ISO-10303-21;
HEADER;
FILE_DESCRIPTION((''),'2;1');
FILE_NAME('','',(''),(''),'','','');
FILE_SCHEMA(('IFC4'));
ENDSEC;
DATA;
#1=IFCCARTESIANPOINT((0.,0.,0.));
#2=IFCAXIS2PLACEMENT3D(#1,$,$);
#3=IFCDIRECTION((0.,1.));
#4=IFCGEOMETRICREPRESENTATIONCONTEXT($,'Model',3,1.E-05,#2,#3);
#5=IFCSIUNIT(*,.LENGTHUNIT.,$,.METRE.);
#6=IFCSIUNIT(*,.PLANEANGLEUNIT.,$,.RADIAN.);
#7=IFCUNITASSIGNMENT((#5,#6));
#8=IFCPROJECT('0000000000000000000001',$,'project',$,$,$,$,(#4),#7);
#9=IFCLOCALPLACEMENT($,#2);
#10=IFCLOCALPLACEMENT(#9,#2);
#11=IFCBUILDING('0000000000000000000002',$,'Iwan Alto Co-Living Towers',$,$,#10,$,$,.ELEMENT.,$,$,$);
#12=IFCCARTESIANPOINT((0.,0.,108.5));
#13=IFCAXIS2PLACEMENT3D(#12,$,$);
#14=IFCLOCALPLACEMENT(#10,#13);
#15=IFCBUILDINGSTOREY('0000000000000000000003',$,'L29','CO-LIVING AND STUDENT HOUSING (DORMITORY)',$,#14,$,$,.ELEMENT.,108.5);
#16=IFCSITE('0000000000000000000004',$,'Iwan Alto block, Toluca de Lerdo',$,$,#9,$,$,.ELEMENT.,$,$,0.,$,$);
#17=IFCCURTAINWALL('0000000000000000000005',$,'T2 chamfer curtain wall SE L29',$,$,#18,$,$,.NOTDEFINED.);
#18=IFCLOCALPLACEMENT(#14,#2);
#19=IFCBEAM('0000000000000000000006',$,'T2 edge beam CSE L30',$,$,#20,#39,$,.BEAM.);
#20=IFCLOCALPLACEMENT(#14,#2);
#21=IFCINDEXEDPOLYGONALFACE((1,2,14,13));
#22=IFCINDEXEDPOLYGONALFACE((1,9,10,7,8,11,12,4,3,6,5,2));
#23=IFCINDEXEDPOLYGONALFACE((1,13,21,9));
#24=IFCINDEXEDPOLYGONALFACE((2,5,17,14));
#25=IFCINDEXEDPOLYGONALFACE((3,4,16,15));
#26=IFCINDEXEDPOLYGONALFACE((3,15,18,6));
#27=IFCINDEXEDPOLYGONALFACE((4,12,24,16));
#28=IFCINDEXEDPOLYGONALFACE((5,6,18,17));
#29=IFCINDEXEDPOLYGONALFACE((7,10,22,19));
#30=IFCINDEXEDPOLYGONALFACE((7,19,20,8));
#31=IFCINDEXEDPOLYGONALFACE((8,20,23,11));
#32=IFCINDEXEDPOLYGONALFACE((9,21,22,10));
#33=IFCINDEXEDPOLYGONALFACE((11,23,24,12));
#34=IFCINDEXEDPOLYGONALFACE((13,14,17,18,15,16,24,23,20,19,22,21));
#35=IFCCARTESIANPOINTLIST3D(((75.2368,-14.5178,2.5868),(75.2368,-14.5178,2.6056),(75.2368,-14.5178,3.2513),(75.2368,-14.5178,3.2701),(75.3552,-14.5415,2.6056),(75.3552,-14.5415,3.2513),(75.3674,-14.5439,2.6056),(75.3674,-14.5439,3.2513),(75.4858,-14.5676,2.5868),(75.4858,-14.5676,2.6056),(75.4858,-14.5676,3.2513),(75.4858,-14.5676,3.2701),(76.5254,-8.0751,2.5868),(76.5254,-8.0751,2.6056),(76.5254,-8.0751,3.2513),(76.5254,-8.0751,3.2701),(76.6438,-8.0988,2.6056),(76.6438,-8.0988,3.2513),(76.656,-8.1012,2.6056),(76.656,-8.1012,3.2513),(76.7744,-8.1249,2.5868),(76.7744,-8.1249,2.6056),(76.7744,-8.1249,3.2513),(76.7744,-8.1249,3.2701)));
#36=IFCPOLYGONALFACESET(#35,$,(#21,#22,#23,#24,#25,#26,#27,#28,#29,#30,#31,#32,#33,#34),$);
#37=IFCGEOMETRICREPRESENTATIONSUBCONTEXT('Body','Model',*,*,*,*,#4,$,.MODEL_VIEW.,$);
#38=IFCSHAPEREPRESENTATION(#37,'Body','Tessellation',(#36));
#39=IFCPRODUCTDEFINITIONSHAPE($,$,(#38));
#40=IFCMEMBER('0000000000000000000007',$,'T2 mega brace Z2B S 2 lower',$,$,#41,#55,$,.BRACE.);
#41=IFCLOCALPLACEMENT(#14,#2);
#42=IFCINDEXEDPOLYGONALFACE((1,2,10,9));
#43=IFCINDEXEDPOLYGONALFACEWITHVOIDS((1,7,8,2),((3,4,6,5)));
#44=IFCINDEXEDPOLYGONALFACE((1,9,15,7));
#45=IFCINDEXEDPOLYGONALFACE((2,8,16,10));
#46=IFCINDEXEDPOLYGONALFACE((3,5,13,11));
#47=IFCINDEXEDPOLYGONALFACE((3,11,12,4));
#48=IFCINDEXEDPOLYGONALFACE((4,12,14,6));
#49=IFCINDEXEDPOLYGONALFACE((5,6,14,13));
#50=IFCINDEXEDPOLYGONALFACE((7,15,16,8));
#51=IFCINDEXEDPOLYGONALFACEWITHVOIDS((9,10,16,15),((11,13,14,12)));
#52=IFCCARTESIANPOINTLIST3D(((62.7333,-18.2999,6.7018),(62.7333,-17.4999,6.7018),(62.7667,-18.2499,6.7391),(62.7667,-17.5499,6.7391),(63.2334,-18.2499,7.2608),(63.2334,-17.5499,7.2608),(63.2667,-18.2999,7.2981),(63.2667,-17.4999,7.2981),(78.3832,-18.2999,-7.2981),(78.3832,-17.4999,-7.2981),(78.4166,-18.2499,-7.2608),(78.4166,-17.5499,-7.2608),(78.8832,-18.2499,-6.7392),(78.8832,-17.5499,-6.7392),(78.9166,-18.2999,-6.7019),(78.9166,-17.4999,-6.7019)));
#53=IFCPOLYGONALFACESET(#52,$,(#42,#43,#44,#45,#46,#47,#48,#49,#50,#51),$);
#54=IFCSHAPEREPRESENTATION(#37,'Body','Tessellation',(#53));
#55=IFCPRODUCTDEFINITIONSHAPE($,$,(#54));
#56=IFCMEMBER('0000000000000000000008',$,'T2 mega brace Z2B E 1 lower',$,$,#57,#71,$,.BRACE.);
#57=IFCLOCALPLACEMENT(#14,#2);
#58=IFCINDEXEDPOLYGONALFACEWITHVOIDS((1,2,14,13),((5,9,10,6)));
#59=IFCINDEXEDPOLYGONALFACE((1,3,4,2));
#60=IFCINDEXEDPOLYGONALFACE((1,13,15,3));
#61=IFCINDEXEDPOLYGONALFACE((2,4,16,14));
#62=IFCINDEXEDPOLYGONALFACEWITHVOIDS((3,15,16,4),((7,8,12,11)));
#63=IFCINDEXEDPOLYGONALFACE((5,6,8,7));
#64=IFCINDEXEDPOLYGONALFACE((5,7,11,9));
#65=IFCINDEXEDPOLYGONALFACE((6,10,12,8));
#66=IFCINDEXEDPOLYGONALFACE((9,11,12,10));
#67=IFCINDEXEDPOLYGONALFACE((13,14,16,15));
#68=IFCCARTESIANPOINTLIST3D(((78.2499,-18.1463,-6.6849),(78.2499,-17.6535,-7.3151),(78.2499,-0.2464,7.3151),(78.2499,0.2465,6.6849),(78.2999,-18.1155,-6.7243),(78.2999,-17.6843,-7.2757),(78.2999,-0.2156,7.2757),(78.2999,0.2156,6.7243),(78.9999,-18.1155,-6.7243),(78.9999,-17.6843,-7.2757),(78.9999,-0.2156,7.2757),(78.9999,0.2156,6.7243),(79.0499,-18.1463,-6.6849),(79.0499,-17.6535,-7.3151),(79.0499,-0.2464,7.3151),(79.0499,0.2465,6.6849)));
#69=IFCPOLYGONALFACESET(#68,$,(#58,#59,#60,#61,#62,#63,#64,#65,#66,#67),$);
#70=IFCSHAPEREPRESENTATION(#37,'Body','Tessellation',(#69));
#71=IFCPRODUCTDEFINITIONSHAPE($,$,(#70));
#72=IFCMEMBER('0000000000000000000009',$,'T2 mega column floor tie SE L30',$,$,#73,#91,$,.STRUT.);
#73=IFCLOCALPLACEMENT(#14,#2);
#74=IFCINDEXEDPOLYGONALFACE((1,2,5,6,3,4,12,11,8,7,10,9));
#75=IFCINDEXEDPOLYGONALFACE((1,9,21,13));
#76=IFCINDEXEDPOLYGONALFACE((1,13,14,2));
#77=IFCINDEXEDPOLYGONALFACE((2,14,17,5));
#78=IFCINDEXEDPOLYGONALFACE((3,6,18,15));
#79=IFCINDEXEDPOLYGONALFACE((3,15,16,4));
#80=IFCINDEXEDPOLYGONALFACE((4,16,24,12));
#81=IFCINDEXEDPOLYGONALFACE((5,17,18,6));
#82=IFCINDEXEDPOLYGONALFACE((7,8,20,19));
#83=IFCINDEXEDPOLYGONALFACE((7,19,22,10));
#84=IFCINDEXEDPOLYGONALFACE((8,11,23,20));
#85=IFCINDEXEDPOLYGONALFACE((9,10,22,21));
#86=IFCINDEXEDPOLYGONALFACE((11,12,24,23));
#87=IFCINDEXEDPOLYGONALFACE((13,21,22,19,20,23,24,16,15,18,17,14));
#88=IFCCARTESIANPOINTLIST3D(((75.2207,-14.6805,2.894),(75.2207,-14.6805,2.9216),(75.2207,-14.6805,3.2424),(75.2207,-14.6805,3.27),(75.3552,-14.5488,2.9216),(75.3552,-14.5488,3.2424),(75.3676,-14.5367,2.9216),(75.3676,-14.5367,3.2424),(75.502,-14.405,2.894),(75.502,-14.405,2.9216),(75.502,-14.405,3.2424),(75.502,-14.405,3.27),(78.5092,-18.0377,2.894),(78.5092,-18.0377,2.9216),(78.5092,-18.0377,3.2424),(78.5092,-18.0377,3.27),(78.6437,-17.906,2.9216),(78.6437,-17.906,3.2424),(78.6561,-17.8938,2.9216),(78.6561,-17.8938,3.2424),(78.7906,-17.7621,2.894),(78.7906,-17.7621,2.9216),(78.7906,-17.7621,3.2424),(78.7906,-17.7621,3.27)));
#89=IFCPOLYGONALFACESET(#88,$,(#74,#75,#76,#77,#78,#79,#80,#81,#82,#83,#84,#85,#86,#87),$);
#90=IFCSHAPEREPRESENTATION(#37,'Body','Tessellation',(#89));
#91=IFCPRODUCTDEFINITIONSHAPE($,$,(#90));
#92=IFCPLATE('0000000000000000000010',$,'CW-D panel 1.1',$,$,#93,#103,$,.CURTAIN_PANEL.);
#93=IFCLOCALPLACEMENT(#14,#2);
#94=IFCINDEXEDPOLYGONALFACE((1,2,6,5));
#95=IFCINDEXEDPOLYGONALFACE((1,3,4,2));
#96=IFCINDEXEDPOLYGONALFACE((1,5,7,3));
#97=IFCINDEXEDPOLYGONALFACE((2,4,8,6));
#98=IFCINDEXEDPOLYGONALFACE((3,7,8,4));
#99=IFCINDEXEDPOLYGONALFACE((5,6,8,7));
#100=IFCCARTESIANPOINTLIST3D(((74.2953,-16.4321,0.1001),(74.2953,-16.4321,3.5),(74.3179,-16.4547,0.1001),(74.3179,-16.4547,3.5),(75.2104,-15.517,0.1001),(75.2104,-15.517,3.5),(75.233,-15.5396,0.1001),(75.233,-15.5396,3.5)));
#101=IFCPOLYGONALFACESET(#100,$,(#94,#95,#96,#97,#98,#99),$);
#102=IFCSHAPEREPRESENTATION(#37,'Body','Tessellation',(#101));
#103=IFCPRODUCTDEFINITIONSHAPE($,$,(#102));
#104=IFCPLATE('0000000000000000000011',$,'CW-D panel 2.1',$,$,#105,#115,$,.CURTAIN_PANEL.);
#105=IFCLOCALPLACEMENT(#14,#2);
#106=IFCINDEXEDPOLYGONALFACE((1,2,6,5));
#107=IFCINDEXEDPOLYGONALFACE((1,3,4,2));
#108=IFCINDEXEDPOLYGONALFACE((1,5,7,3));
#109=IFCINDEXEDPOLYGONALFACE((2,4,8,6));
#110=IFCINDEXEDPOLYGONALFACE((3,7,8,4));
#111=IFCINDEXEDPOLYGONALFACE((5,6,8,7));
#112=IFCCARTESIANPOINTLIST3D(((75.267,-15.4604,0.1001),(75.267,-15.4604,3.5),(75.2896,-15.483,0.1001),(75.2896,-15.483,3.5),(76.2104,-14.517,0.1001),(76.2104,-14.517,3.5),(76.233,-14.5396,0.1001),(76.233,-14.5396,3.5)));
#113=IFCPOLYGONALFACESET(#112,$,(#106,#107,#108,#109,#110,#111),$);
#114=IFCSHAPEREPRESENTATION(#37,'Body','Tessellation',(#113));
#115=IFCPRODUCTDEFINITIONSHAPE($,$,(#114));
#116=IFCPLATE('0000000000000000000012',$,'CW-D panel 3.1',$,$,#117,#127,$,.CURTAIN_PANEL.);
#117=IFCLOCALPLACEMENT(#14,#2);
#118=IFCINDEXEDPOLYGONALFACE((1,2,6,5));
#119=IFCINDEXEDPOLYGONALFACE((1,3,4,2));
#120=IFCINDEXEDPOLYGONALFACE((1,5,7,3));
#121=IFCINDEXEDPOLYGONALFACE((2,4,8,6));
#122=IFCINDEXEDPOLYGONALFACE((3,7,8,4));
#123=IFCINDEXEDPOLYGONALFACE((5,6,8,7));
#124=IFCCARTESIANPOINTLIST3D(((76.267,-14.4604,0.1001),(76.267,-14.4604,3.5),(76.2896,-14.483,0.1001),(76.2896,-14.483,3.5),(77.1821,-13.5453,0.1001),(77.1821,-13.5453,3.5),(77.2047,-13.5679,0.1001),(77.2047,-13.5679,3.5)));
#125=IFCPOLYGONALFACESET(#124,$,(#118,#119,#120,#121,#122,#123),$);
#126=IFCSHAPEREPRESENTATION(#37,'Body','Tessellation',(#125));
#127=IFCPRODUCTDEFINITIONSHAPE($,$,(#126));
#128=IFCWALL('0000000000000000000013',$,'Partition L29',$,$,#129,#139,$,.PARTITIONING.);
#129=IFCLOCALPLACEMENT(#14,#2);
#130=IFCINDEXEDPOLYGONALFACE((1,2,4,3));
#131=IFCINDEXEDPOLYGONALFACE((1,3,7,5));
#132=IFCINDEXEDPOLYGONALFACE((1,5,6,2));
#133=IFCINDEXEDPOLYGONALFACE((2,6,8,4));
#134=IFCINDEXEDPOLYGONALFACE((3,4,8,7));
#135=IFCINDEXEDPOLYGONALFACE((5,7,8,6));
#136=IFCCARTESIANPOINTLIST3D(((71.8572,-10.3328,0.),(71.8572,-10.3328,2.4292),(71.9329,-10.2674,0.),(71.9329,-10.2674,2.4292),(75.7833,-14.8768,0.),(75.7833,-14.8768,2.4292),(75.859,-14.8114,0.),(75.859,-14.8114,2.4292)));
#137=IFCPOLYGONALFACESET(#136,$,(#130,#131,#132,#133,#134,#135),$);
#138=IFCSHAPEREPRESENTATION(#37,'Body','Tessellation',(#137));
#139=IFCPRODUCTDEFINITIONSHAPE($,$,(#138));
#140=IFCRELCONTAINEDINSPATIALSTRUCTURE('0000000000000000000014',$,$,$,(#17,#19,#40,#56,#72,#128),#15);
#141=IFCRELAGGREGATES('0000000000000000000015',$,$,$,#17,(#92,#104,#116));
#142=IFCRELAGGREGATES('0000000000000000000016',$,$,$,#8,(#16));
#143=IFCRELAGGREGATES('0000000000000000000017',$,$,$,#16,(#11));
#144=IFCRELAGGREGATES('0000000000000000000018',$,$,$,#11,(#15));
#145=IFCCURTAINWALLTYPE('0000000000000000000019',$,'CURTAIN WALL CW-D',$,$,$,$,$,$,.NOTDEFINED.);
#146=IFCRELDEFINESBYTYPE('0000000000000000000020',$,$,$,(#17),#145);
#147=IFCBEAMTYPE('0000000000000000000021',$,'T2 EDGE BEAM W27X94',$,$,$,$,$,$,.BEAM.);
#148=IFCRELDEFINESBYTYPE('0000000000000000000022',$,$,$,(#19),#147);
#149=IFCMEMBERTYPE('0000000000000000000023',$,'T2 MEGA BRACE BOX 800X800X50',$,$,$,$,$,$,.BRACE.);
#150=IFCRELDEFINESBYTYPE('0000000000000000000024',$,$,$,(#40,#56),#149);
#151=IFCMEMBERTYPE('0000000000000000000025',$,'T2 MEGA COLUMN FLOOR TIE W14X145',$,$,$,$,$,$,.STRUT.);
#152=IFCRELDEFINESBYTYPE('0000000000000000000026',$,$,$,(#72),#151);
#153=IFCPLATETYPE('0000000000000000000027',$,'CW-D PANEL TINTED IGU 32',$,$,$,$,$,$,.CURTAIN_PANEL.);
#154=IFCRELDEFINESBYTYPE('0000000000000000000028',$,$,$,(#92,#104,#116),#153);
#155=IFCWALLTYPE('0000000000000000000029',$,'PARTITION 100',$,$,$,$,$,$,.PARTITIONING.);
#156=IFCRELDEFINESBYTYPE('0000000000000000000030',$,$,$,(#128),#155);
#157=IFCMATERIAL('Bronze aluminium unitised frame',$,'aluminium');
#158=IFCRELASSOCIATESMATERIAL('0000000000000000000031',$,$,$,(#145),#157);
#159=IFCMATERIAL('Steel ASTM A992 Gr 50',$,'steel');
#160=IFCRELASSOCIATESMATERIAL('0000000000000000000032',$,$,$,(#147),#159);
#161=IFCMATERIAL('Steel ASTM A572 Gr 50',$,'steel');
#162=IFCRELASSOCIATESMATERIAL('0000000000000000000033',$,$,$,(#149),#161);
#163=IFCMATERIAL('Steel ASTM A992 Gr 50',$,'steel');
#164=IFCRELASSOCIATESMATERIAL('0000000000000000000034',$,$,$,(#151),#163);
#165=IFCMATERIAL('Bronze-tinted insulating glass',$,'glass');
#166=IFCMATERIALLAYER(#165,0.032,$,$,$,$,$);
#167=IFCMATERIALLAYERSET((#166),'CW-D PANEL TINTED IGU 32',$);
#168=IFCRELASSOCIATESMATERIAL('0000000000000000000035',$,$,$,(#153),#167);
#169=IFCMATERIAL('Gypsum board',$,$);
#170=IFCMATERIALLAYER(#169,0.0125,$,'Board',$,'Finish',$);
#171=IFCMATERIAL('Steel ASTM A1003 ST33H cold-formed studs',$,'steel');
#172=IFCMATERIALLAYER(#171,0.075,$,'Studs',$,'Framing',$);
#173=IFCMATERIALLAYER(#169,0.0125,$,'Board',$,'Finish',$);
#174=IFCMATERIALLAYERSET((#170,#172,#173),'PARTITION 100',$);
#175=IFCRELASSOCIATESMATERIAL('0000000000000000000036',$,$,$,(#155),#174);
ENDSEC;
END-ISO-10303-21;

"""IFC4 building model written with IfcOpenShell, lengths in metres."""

from ifc_helpers import new_model, si_unit, direction, frame, frame_2d, origin, origin_2d, place, context, subcontext, project, spatial, rectangle, hollow_rectangle, i_section, extrude, material, layer, layer_set, material_profile, profile_set, type_object, element, aggregate, save


model = new_model("IFC4")

# Units and contexts
model_context = context("Model", 3, precision=1e-05, world=origin(), true_north=direction((0.0, 1.0)))
body_context = subcontext(model_context, "Body", "Model", "MODEL_VIEW")
ifc_project = project(units=[si_unit("LENGTHUNIT", "METRE"), si_unit("PLANEANGLEUNIT", "RADIAN")], contexts=[model_context])

# Site, building, storey
site_placement = place(None, origin())
site = spatial("IfcSite", under=ifc_project, at=site_placement, Name="Iwan Alto block, Toluca de Lerdo", CompositionType="ELEMENT", RefElevation=0.0)
building_placement = place(site_placement, origin())
building = spatial("IfcBuilding", under=site, at=building_placement, Name="Iwan Alto Co-Living Towers", CompositionType="ELEMENT")
storey_placement = place(building_placement, frame((0.0, 0.0, 108.5)))
storey = spatial("IfcBuildingStorey", under=building, at=storey_placement, Name="L29", Description="CO-LIVING AND STUDENT HOUSING (DORMITORY)", CompositionType="ELEMENT", Elevation=108.5)

# Curtain wall
ifc_material_1 = material(Name="Bronze aluminium unitised frame", Category="aluminium")
curtain_wall_type_1 = type_object("IfcCurtainWallType", Name="CURTAIN WALL CW-D", PredefinedType="NOTDEFINED", material=ifc_material_1)
curtain_wall_1_placement = place(storey_placement, origin())
curtain_wall_1 = element("IfcCurtainWall", 1, at=curtain_wall_1_placement, inside=storey, type_object=curtain_wall_type_1, Name="T2 chamfer curtain wall SE L29", PredefinedType="NOTDEFINED")

# Beam
ifc_material_2 = material(Name="Steel ASTM A992 Gr 50", Category="steel")
ifc_material_profile_1 = material_profile(ifc_material_2, i_section(OverallWidth=0.2539, OverallDepth=0.6833, WebThickness=0.0125, FlangeThickness=0.0188, at=origin_2d()), Name="W27X94")
ifc_profile_set_1 = profile_set([ifc_material_profile_1], Name="Steel ASTM A992 Gr 50")
beam_type_1 = type_object("IfcBeamType", Name="T2 EDGE BEAM W27X94", PredefinedType="BEAM", material=ifc_profile_set_1)
beam_1_placement = place(storey_placement, frame((75.3613, -14.5427, 2.9285), z_axis=(0.196123, 0.980579, 0.0), x_axis=(-0.980579, 0.196123, 0.0)))
element("IfcBeam", 2, at=beam_1_placement, inside=storey, type_object=beam_type_1, Name="T2 edge beam CSE L30", PredefinedType="BEAM", context=body_context, shape_type="SweptSolid", body=[
    extrude(i_section(OverallWidth=0.2539, OverallDepth=0.6833, WebThickness=0.0125, FlangeThickness=0.0188, at=origin_2d()), origin(), (0.0, 0.0, 1.0), 6.5703),
])

# Members
ifc_material_3 = material(Name="Steel ASTM A572 Gr 50", Category="steel")
ifc_material_profile_2 = material_profile(ifc_material_3, hollow_rectangle(XDim=0.8, YDim=0.8, WallThickness=0.05, at=origin_2d()), Name="BOX 800X800X50")
ifc_profile_set_2 = profile_set([ifc_material_profile_2], Name="Steel ASTM A572 Gr 50")
member_type_1 = type_object("IfcMemberType", Name="T2 MEGA BRACE BOX 800X800X50", PredefinedType="BRACE", material=ifc_profile_set_2)
member_1_placement = place(storey_placement, frame((78.6499, -17.8999, -7.0), z_axis=(-0.745302, 0.0, 0.666728), x_axis=(0.0, -1.0, 0.0)))
element("IfcMember", 3, at=member_1_placement, inside=storey, type_object=member_type_1, Name="T2 mega brace Z2B S 2 lower", PredefinedType="BRACE", context=body_context, shape_type="SweptSolid", body=[
    extrude(hollow_rectangle(XDim=0.8, YDim=0.8, WallThickness=0.05, at=origin_2d()), origin(), (0.0, 0.0, 1.0), 20.998),
])
member_2_placement = place(storey_placement, frame((78.6499, -17.8999, -7.0), z_axis=(0.0, 0.787689, 0.616073), x_axis=(-1.0, 0.0, 0.0)))
element("IfcMember", 4, at=member_2_placement, inside=storey, type_object=member_type_1, Name="T2 mega brace Z2B E 1 lower", PredefinedType="BRACE", context=body_context, shape_type="SweptSolid", body=[
    extrude(hollow_rectangle(XDim=0.8, YDim=0.8, WallThickness=0.05, at=origin_2d()), origin(), (0.0, 0.0, 1.0), 22.7246),
])
ifc_material_4 = material(Name="Steel ASTM A992 Gr 50", Category="steel")
ifc_material_profile_3 = material_profile(ifc_material_4, i_section(OverallWidth=0.3938, OverallDepth=0.376, WebThickness=0.0173, FlangeThickness=0.0276, at=origin_2d()), Name="W14X145")
ifc_profile_set_3 = profile_set([ifc_material_profile_3], Name="Steel ASTM A992 Gr 50")
member_type_2 = type_object("IfcMemberType", Name="T2 MEGA COLUMN FLOOR TIE W14X145", PredefinedType="STRUT", material=ifc_profile_set_3)
member_3_placement = place(storey_placement, frame((78.6499, -17.8999, 3.082), z_axis=(-0.69977, 0.714368, 0.0), x_axis=(-0.714368, -0.69977, 0.0)))
element("IfcMember", 5, at=member_3_placement, inside=storey, type_object=member_type_2, Name="T2 mega column floor tie SE L30", PredefinedType="STRUT", context=body_context, shape_type="SweptSolid", body=[
    extrude(i_section(OverallWidth=0.3938, OverallDepth=0.376, WebThickness=0.0173, FlangeThickness=0.0276, at=origin_2d()), origin(), (0.0, 0.0, 1.0), 4.6995),
])

# Plates
ifc_material_5 = material(Name="Bronze-tinted insulating glass", Category="glass")
ifc_layer_1 = layer(ifc_material_5, 0.032)
ifc_layer_set_1 = layer_set([ifc_layer_1], Name="CW-D PANEL TINTED IGU 32")
plate_type = type_object("IfcPlateType", Name="CW-D PANEL TINTED IGU 32", PredefinedType="CURTAIN_PANEL", material=ifc_layer_set_1)
plate_1_placement = place(storey_placement, frame((74.7642, -15.9858, 0.1001), z_axis=(0.0, 0.0, 1.0), x_axis=(0.707107, 0.707107, 0.0)))
plate_1 = element("IfcPlate", 6, at=plate_1_placement, type_object=plate_type, Name="CW-D panel 1.1", PredefinedType="CURTAIN_PANEL", context=body_context, shape_type="SweptSolid", body=[
    extrude(rectangle(XDim=1.2942, YDim=0.032, at=origin_2d()), origin(), (0.0, 0.0, 1.0), 3.3999),
])
plate_2_placement = place(storey_placement, frame((75.75, -15.0, 0.1001), z_axis=(0.0, 0.0, 1.0), x_axis=(0.707107, 0.707107, 0.0)))
plate_2 = element("IfcPlate", 7, at=plate_2_placement, type_object=plate_type, Name="CW-D panel 2.1", PredefinedType="CURTAIN_PANEL", context=body_context, shape_type="SweptSolid", body=[
    extrude(rectangle(XDim=1.3342, YDim=0.032, at=origin_2d()), origin(), (0.0, 0.0, 1.0), 3.3999),
])
plate_3_placement = place(storey_placement, frame((76.7358, -14.0142, 0.1001), z_axis=(0.0, 0.0, 1.0), x_axis=(0.707107, 0.707107, 0.0)))
plate_3 = element("IfcPlate", 8, at=plate_3_placement, type_object=plate_type, Name="CW-D panel 3.1", PredefinedType="CURTAIN_PANEL", context=body_context, shape_type="SweptSolid", body=[
    extrude(rectangle(XDim=1.2942, YDim=0.032, at=origin_2d()), origin(), (0.0, 0.0, 1.0), 3.3999),
])
aggregate(curtain_wall_1, [plate_1, plate_2, plate_3])

# Wall
ifc_material_6 = material(Name="Gypsum board")
ifc_layer_2 = layer(ifc_material_6, 0.0125, Name="Board", Category="Finish")
ifc_material_7 = material(Name="Steel ASTM A1003 ST33H cold-formed studs", Category="steel")
ifc_layer_3 = layer(ifc_material_7, 0.075, Name="Studs", Category="Framing")
ifc_layer_4 = layer(ifc_material_6, 0.0125, Name="Board", Category="Finish")
ifc_layer_set_2 = layer_set([ifc_layer_2, ifc_layer_3, ifc_layer_4], Name="PARTITION 100")
wall_type = type_object("IfcWallType", Name="PARTITION 100", PredefinedType="PARTITIONING", material=ifc_layer_set_2)
wall_placement = place(storey_placement, frame((75.821, -14.844, 0.0), z_axis=(0.0, 0.0, 1.0), x_axis=(-0.653783, 0.756682, 0.0)))
element("IfcWall", 9, at=wall_placement, inside=storey, type_object=wall_type, Name="Partition L29", PredefinedType="PARTITIONING", context=body_context, shape_type="SweptSolid", body=[
    extrude(rectangle(XDim=6.0051, YDim=0.1001, at=frame_2d((3.0024, 0.0))), origin(), (0.0, 0.0, 1.0), 2.4292),
])

save(model, "model.ifc")
